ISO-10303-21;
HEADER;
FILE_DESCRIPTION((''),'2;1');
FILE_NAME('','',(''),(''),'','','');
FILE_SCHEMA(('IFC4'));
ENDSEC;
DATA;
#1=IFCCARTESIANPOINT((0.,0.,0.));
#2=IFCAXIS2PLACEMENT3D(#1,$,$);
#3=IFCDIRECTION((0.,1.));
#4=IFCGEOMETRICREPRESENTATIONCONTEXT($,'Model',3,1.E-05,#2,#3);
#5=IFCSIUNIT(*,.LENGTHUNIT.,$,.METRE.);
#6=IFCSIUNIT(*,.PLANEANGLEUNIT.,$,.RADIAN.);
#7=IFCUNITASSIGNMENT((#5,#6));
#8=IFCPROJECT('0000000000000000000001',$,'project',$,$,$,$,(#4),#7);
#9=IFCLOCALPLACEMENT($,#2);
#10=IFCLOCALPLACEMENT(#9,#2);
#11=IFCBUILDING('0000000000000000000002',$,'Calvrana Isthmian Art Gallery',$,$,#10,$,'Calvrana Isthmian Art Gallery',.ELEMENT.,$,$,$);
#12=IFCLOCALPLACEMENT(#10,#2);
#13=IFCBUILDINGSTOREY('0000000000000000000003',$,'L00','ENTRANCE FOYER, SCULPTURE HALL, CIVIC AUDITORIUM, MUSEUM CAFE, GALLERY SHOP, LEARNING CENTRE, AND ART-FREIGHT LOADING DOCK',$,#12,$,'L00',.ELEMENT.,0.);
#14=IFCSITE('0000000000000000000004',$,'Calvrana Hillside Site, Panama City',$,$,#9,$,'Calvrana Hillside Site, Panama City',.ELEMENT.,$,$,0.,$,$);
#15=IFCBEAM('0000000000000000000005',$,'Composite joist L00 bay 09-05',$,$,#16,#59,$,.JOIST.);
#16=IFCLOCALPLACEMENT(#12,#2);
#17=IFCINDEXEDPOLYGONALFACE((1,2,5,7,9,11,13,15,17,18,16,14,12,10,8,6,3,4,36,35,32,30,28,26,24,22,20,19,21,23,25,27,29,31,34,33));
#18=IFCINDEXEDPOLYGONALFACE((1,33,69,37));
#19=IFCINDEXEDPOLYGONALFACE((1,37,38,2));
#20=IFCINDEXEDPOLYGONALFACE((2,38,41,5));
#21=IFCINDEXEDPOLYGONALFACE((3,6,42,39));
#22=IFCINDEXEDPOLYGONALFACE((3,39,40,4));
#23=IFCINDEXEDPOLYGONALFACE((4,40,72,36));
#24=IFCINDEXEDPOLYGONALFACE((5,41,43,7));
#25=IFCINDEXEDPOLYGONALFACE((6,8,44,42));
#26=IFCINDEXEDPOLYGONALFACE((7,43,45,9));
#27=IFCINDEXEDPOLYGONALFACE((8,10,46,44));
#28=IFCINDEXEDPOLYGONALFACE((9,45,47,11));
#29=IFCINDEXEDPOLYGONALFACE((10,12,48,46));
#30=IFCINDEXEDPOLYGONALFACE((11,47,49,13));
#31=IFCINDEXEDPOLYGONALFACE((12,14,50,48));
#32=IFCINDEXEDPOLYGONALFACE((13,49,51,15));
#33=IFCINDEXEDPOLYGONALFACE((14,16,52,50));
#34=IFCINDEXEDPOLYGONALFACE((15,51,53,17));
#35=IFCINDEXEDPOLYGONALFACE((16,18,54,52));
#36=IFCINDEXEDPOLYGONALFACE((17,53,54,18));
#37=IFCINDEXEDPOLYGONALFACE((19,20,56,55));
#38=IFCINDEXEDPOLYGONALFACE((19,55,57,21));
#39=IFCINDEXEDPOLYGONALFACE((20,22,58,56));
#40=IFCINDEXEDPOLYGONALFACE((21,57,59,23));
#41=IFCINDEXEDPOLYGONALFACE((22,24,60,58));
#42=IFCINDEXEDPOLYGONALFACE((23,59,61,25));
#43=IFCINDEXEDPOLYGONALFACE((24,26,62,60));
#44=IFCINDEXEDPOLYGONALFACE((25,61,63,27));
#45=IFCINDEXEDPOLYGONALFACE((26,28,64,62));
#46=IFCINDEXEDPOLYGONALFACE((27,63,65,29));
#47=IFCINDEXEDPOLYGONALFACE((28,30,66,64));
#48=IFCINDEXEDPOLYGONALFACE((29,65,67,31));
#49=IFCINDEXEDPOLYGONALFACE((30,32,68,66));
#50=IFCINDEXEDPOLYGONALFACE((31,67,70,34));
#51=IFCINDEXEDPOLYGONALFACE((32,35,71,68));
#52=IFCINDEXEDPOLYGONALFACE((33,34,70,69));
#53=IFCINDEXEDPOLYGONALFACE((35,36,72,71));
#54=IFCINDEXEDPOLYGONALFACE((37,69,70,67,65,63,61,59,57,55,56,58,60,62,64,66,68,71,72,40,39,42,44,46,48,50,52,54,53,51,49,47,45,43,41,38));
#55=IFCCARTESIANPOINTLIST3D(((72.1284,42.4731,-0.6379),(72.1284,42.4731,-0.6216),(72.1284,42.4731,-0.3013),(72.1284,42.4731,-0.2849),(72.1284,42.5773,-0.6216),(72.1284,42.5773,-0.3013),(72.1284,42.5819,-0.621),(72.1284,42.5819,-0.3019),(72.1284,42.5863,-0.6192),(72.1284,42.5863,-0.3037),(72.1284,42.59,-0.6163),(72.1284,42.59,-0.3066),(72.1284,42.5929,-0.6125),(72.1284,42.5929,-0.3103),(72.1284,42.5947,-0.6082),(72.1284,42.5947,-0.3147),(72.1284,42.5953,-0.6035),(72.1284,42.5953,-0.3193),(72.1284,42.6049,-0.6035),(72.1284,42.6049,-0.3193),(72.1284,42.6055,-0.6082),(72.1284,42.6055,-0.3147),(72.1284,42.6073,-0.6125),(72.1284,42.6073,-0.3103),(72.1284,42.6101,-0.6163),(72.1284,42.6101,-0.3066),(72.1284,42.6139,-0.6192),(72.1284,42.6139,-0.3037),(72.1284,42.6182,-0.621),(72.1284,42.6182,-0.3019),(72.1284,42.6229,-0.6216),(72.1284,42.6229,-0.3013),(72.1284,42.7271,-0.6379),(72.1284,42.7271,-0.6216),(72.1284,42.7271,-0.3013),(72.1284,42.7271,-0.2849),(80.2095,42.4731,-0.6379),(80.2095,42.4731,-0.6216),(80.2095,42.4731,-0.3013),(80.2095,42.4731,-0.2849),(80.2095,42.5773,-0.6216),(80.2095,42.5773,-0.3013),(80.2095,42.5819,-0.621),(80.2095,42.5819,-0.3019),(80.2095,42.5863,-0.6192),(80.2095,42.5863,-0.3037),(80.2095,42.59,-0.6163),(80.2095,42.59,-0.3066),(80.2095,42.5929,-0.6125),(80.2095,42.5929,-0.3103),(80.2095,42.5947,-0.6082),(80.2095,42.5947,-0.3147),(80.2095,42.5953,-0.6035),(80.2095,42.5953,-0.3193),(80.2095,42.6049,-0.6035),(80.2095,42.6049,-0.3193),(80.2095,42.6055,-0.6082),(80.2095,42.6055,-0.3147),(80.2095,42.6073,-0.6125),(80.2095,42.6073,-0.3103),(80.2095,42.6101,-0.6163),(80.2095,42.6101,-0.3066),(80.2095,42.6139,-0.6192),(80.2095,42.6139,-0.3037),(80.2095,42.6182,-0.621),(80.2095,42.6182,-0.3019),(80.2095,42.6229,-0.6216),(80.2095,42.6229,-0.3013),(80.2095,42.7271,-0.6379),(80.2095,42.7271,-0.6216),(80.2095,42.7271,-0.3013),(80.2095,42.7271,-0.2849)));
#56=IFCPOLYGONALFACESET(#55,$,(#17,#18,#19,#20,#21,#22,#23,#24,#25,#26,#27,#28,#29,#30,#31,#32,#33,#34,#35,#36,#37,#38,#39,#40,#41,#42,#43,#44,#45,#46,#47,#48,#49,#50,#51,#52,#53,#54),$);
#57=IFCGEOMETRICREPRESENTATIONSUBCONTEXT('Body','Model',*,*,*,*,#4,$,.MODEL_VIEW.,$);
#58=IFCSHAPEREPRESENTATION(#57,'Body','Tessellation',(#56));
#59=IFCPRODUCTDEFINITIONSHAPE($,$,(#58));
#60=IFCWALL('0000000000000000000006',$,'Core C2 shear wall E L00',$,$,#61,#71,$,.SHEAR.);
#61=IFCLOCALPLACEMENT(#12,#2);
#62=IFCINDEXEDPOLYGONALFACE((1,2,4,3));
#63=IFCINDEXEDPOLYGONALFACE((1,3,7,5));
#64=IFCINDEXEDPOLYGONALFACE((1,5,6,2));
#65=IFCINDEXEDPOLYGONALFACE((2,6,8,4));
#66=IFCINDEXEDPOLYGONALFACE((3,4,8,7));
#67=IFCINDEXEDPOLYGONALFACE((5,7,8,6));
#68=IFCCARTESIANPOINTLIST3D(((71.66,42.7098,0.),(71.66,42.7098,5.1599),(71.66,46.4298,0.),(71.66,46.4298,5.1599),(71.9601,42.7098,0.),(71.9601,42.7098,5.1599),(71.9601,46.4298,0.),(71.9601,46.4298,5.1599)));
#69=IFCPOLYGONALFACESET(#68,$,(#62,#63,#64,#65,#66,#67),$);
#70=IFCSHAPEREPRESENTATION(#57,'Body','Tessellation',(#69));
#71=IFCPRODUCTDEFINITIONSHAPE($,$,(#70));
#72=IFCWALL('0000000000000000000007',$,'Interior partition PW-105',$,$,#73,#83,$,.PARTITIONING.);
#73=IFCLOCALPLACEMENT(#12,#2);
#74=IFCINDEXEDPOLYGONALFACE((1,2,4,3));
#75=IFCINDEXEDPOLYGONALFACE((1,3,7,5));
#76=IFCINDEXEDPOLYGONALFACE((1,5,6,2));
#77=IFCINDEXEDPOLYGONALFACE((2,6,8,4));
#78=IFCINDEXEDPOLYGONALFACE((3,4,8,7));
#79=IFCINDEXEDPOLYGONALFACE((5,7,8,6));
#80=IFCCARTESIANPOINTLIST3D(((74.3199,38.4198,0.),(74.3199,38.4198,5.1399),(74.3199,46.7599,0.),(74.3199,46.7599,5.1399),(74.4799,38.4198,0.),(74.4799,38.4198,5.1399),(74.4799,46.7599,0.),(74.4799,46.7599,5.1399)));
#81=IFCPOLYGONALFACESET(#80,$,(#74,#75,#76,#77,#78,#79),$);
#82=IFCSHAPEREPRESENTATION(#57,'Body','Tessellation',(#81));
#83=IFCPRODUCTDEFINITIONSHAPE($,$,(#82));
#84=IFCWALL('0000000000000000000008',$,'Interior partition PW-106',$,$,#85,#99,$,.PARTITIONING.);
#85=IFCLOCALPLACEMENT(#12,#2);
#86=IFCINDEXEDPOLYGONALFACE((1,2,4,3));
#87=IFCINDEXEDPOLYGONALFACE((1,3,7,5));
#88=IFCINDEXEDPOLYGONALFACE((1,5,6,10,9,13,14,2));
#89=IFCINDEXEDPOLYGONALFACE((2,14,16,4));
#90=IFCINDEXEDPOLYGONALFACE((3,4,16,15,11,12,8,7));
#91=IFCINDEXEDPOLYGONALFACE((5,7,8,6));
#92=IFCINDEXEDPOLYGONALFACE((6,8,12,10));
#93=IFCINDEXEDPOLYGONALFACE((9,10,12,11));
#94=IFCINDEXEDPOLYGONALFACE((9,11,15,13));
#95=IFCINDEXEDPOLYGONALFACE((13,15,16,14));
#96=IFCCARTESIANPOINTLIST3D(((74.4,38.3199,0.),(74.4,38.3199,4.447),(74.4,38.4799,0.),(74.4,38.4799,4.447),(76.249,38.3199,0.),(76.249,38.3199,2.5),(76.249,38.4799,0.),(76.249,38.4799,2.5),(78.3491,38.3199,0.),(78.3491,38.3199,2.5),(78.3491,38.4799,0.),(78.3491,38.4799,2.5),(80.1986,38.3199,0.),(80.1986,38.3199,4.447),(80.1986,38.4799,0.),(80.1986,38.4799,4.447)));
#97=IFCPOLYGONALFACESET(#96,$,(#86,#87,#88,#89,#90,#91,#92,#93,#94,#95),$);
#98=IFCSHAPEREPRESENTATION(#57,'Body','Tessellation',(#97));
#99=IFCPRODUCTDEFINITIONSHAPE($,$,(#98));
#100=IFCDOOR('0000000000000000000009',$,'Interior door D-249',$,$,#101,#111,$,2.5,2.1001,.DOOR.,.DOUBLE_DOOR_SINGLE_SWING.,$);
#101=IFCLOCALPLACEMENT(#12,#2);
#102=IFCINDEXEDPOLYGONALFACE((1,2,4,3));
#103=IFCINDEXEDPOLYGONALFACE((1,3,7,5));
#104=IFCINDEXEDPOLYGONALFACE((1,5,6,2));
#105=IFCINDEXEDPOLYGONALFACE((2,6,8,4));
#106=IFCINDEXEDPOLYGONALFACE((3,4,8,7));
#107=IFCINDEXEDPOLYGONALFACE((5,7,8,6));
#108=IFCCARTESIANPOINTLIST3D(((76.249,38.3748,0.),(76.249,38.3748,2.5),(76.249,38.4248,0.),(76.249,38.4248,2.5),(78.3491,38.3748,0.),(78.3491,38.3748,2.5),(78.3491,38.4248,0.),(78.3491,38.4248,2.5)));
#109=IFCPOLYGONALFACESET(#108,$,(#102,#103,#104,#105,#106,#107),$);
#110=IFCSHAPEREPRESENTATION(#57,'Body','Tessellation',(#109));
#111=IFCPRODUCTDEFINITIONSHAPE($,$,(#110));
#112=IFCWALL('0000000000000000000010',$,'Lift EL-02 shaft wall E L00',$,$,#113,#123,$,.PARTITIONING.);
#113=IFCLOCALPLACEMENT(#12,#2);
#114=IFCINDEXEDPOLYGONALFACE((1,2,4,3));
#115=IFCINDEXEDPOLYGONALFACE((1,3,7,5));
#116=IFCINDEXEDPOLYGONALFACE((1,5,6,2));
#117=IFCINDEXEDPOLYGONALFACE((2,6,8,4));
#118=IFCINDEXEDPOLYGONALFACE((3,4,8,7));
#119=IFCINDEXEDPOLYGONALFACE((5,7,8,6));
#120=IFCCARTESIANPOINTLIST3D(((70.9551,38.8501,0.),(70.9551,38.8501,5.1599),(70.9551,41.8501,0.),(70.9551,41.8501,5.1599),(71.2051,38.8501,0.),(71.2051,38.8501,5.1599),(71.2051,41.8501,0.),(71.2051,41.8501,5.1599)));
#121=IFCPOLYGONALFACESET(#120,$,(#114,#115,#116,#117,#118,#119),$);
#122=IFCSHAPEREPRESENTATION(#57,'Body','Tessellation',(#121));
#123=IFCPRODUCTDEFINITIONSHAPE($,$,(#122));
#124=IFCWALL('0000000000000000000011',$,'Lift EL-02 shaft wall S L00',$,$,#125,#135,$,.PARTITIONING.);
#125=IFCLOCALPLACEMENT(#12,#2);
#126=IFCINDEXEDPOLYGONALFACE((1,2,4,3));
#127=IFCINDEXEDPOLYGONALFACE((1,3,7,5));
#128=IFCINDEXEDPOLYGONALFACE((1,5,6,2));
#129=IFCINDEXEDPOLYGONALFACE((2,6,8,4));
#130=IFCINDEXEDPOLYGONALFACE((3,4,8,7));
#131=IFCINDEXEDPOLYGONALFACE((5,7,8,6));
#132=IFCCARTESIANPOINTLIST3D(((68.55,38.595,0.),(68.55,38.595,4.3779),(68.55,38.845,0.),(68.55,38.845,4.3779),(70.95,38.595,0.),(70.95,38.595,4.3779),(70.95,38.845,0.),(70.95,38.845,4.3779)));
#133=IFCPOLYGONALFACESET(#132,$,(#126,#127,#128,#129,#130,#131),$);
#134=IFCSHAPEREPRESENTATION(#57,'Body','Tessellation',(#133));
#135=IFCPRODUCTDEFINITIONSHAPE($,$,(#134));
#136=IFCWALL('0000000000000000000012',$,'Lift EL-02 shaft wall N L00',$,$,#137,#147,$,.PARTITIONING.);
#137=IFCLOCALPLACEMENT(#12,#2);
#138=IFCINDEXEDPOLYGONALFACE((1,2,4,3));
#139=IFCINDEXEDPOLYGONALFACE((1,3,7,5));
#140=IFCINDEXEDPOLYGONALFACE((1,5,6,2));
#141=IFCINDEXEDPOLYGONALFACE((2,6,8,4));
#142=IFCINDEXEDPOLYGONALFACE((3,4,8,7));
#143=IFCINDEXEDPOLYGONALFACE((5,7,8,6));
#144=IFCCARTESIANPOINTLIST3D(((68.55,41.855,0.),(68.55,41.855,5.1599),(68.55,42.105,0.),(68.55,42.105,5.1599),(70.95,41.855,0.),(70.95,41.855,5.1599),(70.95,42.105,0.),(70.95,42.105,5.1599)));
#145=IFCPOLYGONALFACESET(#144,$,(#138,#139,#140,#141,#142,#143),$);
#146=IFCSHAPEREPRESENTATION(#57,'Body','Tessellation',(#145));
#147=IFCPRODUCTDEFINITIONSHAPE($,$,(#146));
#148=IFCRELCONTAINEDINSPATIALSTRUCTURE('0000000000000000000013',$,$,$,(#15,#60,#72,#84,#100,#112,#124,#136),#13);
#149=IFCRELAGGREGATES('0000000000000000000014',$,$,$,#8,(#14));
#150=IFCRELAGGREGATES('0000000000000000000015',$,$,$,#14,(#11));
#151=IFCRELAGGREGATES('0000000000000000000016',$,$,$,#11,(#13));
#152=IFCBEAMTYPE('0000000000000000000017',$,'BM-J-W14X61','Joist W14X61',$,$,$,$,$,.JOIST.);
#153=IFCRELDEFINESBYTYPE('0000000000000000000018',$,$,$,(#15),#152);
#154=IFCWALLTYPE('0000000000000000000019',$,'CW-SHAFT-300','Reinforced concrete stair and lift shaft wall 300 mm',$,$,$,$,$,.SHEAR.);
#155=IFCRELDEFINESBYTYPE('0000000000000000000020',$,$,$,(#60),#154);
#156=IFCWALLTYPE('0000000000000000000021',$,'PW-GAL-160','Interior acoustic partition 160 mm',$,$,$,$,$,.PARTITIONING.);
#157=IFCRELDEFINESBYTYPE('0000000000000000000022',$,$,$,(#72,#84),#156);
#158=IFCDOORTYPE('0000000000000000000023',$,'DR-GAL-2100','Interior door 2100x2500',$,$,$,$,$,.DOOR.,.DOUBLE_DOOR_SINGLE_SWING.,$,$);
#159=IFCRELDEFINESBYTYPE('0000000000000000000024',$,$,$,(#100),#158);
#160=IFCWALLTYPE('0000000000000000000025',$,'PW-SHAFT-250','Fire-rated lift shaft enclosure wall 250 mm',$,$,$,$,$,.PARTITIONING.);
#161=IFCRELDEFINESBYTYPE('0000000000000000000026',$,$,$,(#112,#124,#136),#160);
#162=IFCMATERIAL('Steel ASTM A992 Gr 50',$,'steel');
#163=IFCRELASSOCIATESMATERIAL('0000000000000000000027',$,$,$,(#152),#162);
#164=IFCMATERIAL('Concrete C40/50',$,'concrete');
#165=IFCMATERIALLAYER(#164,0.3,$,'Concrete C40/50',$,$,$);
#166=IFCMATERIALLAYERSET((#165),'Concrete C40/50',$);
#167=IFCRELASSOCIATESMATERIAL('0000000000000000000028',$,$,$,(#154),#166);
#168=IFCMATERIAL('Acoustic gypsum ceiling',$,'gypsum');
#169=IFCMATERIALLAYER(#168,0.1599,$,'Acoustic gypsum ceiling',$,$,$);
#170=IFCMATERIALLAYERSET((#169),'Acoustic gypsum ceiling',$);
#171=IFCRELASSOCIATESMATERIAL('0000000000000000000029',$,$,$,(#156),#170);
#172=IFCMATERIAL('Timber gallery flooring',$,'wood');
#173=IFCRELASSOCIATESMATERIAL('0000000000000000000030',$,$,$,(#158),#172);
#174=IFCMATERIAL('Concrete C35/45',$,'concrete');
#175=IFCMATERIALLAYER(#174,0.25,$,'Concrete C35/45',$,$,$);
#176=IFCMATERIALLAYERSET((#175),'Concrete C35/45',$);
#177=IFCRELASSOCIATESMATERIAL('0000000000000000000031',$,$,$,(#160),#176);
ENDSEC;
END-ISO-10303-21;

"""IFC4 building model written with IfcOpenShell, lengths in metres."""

from ifc_helpers import new_model, si_unit, direction, frame, frame_2d, origin, origin_2d, place, context, subcontext, project, spatial, rectangle, i_section, extrude, material, layer, layer_set, material_profile, profile_set, type_object, element, fill, save


model = new_model("IFC4")

# Units and contexts
model_context = context("Model", 3, precision=1e-05, world=origin(), true_north=direction((0.0, 1.0)))
body_context = subcontext(model_context, "Body", "Model", "MODEL_VIEW")
ifc_project = project(units=[si_unit("LENGTHUNIT", "METRE"), si_unit("PLANEANGLEUNIT", "RADIAN")], contexts=[model_context])

# Site, building, storey
site_placement = place(None, origin())
site = spatial("IfcSite", under=ifc_project, at=site_placement, Name="Calvrana Hillside Site, Panama City", LongName="Calvrana Hillside Site, Panama City", CompositionType="ELEMENT", RefElevation=0.0)
building_placement = place(site_placement, origin())
building = spatial("IfcBuilding", under=site, at=building_placement, Name="Calvrana Isthmian Art Gallery", LongName="Calvrana Isthmian Art Gallery", CompositionType="ELEMENT")
storey_placement = place(building_placement, origin())
storey = spatial("IfcBuildingStorey", under=building, at=storey_placement, Name="L00", Description="ENTRANCE FOYER, SCULPTURE HALL, CIVIC AUDITORIUM, MUSEUM CAFE, GALLERY SHOP, LEARNING CENTRE, AND ART-FREIGHT LOADING DOCK", LongName="L00", CompositionType="ELEMENT", Elevation=0.0)

# Shared definitions
ifc_material_1 = material(Name="Steel ASTM A992 Gr 50", Category="steel")

# Beam
ifc_material_profile_1 = material_profile(ifc_material_1, i_section(OverallWidth=0.2539, OverallDepth=0.353, WebThickness=0.0095, FlangeThickness=0.0164, FilletRadius=0.0181, at=origin_2d()), Name="W14X61")
ifc_profile_set_1 = profile_set([ifc_material_profile_1], Name="Steel ASTM A992 Gr 50")
beam_type_1 = type_object("IfcBeamType", Name="BM-J-W14X61", Description="Joist W14X61", PredefinedType="JOIST", material=ifc_profile_set_1)
beam_1_placement = place(storey_placement, frame((72.1284, 42.6001, -0.4614), z_axis=(1.0, 0.0, 0.0), x_axis=(0.0, 1.0, 0.0)))
element("IfcBeam", 1, at=beam_1_placement, inside=storey, type_object=beam_type_1, Name="Composite joist L00 bay 09-05", PredefinedType="JOIST", context=body_context, shape_type="SweptSolid", body=[
    extrude(i_section(OverallWidth=0.2539, OverallDepth=0.353, WebThickness=0.0095, FlangeThickness=0.0164, FilletRadius=0.0181, at=origin_2d()), origin(), (0.0, 0.0, 1.0), 8.0811),
])

# Walls
ifc_material_2 = material(Name="Concrete C40/50", Category="concrete")
ifc_layer_1 = layer(ifc_material_2, 0.3, Name="Concrete C40/50")
ifc_layer_set_1 = layer_set([ifc_layer_1], Name="Concrete C40/50")
wall_type_1 = type_object("IfcWallType", Name="CW-SHAFT-300", Description="Reinforced concrete stair and lift shaft wall 300 mm", PredefinedType="SHEAR", material=ifc_layer_set_1)
wall_1_placement = place(storey_placement, frame((71.8101, 42.71, 0.0), z_axis=(0.0, 0.0, 1.0), x_axis=(0.0, 1.0, 0.0)))
element("IfcWall", 2, at=wall_1_placement, inside=storey, type_object=wall_type_1, Name="Core C2 shear wall E L00", PredefinedType="SHEAR", context=body_context, shape_type="SweptSolid", body=[
    extrude(rectangle(XDim=3.72, YDim=0.3, at=frame_2d((1.8599, 0.0))), origin(), (0.0, 0.0, 1.0), 5.1599),
])
ifc_material_3 = material(Name="Acoustic gypsum ceiling", Category="gypsum")
ifc_layer_2 = layer(ifc_material_3, 0.1599, Name="Acoustic gypsum ceiling")
ifc_layer_set_2 = layer_set([ifc_layer_2], Name="Acoustic gypsum ceiling")
wall_type_2 = type_object("IfcWallType", Name="PW-GAL-160", Description="Interior acoustic partition 160 mm", PredefinedType="PARTITIONING", material=ifc_layer_set_2)
wall_2_placement = place(storey_placement, frame((74.3999, 38.4199, 0.0), z_axis=(0.0, 0.0, 1.0), x_axis=(0.0, 1.0, 0.0)))
element("IfcWall", 3, at=wall_2_placement, inside=storey, type_object=wall_type_2, Name="Interior partition PW-105", PredefinedType="PARTITIONING", context=body_context, shape_type="SweptSolid", body=[
    extrude(rectangle(XDim=8.3401, YDim=0.1599, at=frame_2d((4.1699, 0.0))), origin(), (0.0, 0.0, 1.0), 5.1399),
])

# Wall, opening, door
wall_3_placement = place(storey_placement, frame((74.3999, 38.3999, 0.0), z_axis=(0.0, 0.0, 1.0), x_axis=(1.0, 0.0, 0.0)))
wall_3 = element("IfcWall", 4, at=wall_3_placement, inside=storey, type_object=wall_type_2, Name="Interior partition PW-106", PredefinedType="PARTITIONING", context=body_context, shape_type="SweptSolid", body=[
    extrude(rectangle(XDim=5.7986, YDim=0.1599, at=frame_2d((2.8994, 0.0))), origin(), (0.0, 0.0, 1.0), 4.447),
])
opening_1_placement = place(wall_3_placement, frame((1.8491, 0.0, 0.0)))
opening_1 = element("IfcOpeningElement", 5, at=opening_1_placement, cuts=wall_3, PredefinedType="OPENING", context=body_context, shape_type="SweptSolid", body=[
    extrude(rectangle(XDim=2.1001, YDim=2.5, at=frame_2d((1.05, 1.25))), frame((0.0, 0.0903, 0.0), z_axis=(0.0, -1.0, 0.0), x_axis=(1.0, 0.0, 0.0)), (0.0, 0.0, 1.0), 0.1804),
])
ifc_material_4 = material(Name="Timber gallery flooring", Category="wood")
door_type_1 = type_object("IfcDoorType", Name="DR-GAL-2100", Description="Interior door 2100x2500", OperationType="DOUBLE_DOOR_SINGLE_SWING", PredefinedType="DOOR", material=ifc_material_4)
door_1_placement = place(opening_1_placement, origin())
door_1 = element("IfcDoor", 6, at=door_1_placement, inside=storey, type_object=door_type_1, Name="Interior door D-249", OperationType="DOUBLE_DOOR_SINGLE_SWING", OverallHeight=2.5, OverallWidth=2.1001, PredefinedType="DOOR", context=body_context, shape_type="SweptSolid", body=[
    extrude(rectangle(XDim=2.1001, YDim=2.5, at=frame_2d((1.05, 1.25))), frame((0.0, 0.0249, 0.0), z_axis=(0.0, -1.0, 0.0), x_axis=(1.0, 0.0, 0.0)), (0.0, 0.0, 1.0), 0.05),
])
fill(opening_1, door_1)

# Walls
ifc_material_5 = material(Name="Concrete C35/45", Category="concrete")
ifc_layer_3 = layer(ifc_material_5, 0.25, Name="Concrete C35/45")
ifc_layer_set_3 = layer_set([ifc_layer_3], Name="Concrete C35/45")
wall_type_3 = type_object("IfcWallType", Name="PW-SHAFT-250", Description="Fire-rated lift shaft enclosure wall 250 mm", PredefinedType="PARTITIONING", material=ifc_layer_set_3)
wall_4_placement = place(storey_placement, frame((71.0801, 38.8501, 0.0), z_axis=(0.0, 0.0, 1.0), x_axis=(0.0, 1.0, 0.0)))
element("IfcWall", 7, at=wall_4_placement, inside=storey, type_object=wall_type_3, Name="Lift EL-02 shaft wall E L00", PredefinedType="PARTITIONING", context=body_context, shape_type="SweptSolid", body=[
    extrude(rectangle(XDim=3.0, YDim=0.25, at=frame_2d((1.5, 0.0))), origin(), (0.0, 0.0, 1.0), 5.1599),
])
wall_5_placement = place(storey_placement, frame((68.55, 38.72, 0.0), z_axis=(0.0, 0.0, 1.0), x_axis=(1.0, 0.0, 0.0)))
element("IfcWall", 8, at=wall_5_placement, inside=storey, type_object=wall_type_3, Name="Lift EL-02 shaft wall S L00", PredefinedType="PARTITIONING", context=body_context, shape_type="SweptSolid", body=[
    extrude(rectangle(XDim=2.3999, YDim=0.25, at=frame_2d((1.2, 0.0))), origin(), (0.0, 0.0, 1.0), 4.3779),
])
wall_6_placement = place(storey_placement, frame((68.55, 41.98, 0.0), z_axis=(0.0, 0.0, 1.0), x_axis=(1.0, 0.0, 0.0)))
element("IfcWall", 9, at=wall_6_placement, inside=storey, type_object=wall_type_3, Name="Lift EL-02 shaft wall N L00", PredefinedType="PARTITIONING", context=body_context, shape_type="SweptSolid", body=[
    extrude(rectangle(XDim=2.3999, YDim=0.25, at=frame_2d((1.2, 0.0))), origin(), (0.0, 0.0, 1.0), 5.1599),
])

save(model, "model.ifc")
